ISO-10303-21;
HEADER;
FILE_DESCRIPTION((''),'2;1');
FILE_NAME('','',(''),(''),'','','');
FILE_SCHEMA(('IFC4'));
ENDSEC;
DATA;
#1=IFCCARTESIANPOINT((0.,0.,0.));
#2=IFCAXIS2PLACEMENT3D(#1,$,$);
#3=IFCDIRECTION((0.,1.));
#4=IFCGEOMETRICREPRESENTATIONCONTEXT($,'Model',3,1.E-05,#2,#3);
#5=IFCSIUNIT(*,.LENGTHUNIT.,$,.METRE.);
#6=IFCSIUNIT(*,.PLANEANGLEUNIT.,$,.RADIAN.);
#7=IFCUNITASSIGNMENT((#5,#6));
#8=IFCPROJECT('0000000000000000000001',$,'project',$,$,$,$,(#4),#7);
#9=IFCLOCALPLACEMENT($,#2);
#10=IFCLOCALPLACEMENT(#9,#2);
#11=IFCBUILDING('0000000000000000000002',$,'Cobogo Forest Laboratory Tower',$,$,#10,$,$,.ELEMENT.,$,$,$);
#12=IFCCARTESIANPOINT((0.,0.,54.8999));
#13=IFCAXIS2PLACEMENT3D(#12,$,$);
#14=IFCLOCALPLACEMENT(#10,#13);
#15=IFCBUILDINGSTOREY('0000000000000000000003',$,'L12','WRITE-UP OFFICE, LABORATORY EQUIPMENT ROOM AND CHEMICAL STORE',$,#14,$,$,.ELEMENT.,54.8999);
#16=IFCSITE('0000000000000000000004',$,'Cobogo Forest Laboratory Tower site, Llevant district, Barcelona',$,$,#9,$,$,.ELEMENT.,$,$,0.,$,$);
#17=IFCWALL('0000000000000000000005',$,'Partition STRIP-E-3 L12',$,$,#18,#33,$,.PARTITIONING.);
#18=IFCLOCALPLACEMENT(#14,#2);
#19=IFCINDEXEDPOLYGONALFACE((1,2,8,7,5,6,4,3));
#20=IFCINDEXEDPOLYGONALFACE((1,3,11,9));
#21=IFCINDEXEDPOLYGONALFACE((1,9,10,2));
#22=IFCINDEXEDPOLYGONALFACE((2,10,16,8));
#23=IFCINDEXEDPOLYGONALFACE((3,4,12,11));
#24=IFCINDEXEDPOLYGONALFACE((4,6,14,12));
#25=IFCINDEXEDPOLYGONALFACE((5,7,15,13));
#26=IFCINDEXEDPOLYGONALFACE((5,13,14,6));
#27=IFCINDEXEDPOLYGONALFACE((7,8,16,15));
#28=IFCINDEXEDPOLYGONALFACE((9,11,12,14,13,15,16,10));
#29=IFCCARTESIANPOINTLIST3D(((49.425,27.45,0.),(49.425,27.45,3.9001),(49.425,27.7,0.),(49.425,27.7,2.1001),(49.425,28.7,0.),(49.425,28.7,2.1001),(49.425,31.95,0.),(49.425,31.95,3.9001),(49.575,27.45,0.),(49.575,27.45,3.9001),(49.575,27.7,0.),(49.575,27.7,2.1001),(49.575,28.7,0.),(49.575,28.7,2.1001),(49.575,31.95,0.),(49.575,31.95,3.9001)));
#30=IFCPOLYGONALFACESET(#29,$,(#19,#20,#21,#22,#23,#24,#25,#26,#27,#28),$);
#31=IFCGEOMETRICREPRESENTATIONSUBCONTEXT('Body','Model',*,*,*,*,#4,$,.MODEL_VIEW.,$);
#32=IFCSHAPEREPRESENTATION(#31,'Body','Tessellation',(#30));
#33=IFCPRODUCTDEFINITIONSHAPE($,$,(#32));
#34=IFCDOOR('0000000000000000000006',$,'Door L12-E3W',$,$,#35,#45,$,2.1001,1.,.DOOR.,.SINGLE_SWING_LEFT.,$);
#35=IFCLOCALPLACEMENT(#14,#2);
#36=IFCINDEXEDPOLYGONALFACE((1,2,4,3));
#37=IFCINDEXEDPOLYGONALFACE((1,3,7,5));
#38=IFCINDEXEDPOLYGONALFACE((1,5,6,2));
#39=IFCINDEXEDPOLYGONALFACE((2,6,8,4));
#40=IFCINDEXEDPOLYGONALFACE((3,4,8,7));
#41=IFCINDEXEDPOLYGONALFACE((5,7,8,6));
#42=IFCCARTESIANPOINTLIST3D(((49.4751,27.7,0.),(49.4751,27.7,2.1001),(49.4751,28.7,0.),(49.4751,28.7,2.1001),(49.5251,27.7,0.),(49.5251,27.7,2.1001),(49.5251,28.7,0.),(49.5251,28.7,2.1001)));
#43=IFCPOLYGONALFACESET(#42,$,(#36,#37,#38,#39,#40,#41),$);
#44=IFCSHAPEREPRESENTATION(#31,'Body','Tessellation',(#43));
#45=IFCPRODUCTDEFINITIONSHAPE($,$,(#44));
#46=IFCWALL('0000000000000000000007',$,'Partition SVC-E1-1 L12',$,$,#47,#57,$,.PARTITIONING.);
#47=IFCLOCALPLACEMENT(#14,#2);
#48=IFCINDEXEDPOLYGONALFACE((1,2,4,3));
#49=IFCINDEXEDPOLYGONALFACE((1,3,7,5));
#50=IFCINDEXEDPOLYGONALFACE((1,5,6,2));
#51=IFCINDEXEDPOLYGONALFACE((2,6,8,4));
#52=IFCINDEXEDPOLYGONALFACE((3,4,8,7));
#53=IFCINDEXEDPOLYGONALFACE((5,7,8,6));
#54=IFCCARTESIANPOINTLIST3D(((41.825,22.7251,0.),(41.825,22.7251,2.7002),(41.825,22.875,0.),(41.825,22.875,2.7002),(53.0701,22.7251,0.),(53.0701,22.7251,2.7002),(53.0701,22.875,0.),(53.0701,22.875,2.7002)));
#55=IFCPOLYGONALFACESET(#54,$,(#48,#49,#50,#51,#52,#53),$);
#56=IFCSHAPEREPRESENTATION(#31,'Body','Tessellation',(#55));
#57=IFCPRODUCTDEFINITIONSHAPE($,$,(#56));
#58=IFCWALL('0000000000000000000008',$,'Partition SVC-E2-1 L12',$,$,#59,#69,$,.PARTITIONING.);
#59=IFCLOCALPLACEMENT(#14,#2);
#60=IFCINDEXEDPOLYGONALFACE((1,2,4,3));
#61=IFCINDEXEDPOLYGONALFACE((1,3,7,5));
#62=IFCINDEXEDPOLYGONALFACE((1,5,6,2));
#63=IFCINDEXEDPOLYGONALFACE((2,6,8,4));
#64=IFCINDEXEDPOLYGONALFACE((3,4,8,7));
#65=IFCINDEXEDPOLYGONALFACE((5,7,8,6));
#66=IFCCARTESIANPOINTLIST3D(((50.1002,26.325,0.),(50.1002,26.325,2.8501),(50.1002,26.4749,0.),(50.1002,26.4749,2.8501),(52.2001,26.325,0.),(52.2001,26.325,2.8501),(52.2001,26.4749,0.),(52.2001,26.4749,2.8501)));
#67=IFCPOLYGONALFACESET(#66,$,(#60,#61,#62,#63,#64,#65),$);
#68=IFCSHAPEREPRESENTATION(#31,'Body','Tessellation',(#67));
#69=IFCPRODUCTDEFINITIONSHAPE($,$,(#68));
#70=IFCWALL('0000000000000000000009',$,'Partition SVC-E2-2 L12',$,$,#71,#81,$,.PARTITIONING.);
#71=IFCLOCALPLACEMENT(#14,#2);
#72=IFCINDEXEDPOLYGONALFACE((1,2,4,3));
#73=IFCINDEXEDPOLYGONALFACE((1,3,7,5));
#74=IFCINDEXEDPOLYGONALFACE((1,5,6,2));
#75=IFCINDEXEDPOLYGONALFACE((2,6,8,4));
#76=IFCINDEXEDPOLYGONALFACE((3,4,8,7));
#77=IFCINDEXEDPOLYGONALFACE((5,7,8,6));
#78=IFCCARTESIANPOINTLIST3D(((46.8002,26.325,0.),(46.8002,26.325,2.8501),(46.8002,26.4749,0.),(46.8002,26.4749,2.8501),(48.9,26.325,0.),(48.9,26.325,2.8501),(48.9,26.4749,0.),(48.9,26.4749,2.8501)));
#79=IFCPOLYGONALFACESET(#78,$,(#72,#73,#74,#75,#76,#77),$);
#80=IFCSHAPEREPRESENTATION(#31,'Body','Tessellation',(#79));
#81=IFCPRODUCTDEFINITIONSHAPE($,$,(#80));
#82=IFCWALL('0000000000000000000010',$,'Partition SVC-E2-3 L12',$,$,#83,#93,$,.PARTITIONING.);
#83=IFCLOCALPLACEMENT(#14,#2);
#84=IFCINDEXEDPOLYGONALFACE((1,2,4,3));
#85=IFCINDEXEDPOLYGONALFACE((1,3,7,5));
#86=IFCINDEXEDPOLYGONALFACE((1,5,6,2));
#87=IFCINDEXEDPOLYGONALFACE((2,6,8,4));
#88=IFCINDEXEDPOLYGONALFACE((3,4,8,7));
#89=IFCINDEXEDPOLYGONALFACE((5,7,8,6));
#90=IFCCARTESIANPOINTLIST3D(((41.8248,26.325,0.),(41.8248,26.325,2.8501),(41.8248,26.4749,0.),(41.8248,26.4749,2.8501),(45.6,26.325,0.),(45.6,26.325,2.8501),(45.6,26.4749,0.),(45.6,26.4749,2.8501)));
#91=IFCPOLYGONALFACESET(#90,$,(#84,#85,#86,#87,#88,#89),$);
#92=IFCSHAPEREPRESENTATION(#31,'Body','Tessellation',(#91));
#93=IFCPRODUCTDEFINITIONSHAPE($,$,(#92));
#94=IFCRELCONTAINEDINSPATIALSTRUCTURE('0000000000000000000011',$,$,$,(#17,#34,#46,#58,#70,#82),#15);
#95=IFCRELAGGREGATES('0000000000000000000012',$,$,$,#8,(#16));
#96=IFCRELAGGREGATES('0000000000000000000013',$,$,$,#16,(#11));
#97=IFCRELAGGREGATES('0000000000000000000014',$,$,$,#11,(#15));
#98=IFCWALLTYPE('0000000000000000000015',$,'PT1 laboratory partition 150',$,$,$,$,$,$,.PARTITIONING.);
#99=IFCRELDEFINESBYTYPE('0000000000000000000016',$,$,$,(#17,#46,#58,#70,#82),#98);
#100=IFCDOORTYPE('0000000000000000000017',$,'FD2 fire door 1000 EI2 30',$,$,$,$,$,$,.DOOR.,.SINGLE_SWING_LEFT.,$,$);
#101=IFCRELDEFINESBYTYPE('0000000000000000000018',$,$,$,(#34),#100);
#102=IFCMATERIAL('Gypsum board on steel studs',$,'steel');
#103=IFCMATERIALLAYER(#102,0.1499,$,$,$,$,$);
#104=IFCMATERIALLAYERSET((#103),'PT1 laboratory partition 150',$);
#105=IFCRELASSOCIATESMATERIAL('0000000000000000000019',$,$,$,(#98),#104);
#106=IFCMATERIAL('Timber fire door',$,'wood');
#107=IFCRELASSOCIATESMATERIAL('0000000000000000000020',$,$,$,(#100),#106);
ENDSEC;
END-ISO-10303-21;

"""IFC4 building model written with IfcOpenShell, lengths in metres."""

from ifc_helpers import new_model, si_unit, direction, frame, frame_2d, origin, place, context, subcontext, project, spatial, rectangle, extrude, material, layer, layer_set, type_object, element, fill, save


model = new_model("IFC4")

# Units and contexts
model_context = context("Model", 3, precision=1e-05, world=origin(), true_north=direction((0.0, 1.0)))
body_context = subcontext(model_context, "Body", "Model", "MODEL_VIEW")
ifc_project = project(units=[si_unit("LENGTHUNIT", "METRE"), si_unit("PLANEANGLEUNIT", "RADIAN")], contexts=[model_context])

# Site, building, storey
site_placement = place(None, origin())
site = spatial("IfcSite", under=ifc_project, at=site_placement, Name="Cobogo Forest Laboratory Tower site, Llevant district, Barcelona", CompositionType="ELEMENT", RefElevation=0.0)
building_placement = place(site_placement, origin())
building = spatial("IfcBuilding", under=site, at=building_placement, Name="Cobogo Forest Laboratory Tower", CompositionType="ELEMENT")
storey_placement = place(building_placement, frame((0.0, 0.0, 54.8999)))
storey = spatial("IfcBuildingStorey", under=building, at=storey_placement, Name="L12", Description="WRITE-UP OFFICE, LABORATORY EQUIPMENT ROOM AND CHEMICAL STORE", CompositionType="ELEMENT", Elevation=54.8999)

# Wall, opening, door
ifc_material_1 = material(Name="Gypsum board on steel studs", Category="steel")
ifc_layer_1 = layer(ifc_material_1, 0.1499)
ifc_layer_set_1 = layer_set([ifc_layer_1], Name="PT1 laboratory partition 150")
wall_type = type_object("IfcWallType", Name="PT1 laboratory partition 150", PredefinedType="PARTITIONING", material=ifc_layer_set_1)
wall_1_placement = place(storey_placement, frame((49.5, 27.45, 0.0), z_axis=(0.0, 0.0, 1.0), x_axis=(0.0, 1.0, 0.0)))
wall_1 = element("IfcWall", 1, at=wall_1_placement, inside=storey, type_object=wall_type, Name="Partition STRIP-E-3 L12", PredefinedType="PARTITIONING", context=body_context, shape_type="SweptSolid", body=[
    extrude(rectangle(XDim=4.5, YDim=0.1499, at=frame_2d((2.25, 0.0))), origin(), (0.0, 0.0, 1.0), 3.9001),
])
opening_placement = place(wall_1_placement, frame((0.25, 0.0, 0.0)))
opening = element("IfcOpeningElement", 2, at=opening_placement, cuts=wall_1, PredefinedType="OPENING", context=body_context, shape_type="SweptSolid", body=[
    extrude(rectangle(XDim=1.0, YDim=2.1001, at=frame_2d((0.5, 1.05))), frame((0.0, 0.085, 0.0), z_axis=(0.0, -1.0, 0.0), x_axis=(1.0, 0.0, 0.0)), (0.0, 0.0, 1.0), 0.1699),
])
ifc_material_2 = material(Name="Timber fire door", Category="wood")
door_type = type_object("IfcDoorType", Name="FD2 fire door 1000 EI2 30", OperationType="SINGLE_SWING_LEFT", PredefinedType="DOOR", material=ifc_material_2)
door_placement = place(opening_placement, origin())
door = element("IfcDoor", 3, at=door_placement, inside=storey, type_object=door_type, Name="Door L12-E3W", OperationType="SINGLE_SWING_LEFT", OverallHeight=2.1001, OverallWidth=1.0, PredefinedType="DOOR", context=body_context, shape_type="SweptSolid", body=[
    extrude(rectangle(XDim=1.0, YDim=2.1001, at=frame_2d((0.5, 1.05))), frame((0.0, 0.0249, 0.0), z_axis=(0.0, -1.0, 0.0), x_axis=(1.0, 0.0, 0.0)), (0.0, 0.0, 1.0), 0.05),
])
fill(opening, door)

# Walls
wall_2_placement = place(storey_placement, frame((53.0701, 22.8, 0.0), z_axis=(0.0, 0.0, 1.0), x_axis=(-1.0, 0.0, 0.0)))
element("IfcWall", 4, at=wall_2_placement, inside=storey, type_object=wall_type, Name="Partition SVC-E1-1 L12", PredefinedType="PARTITIONING", context=body_context, shape_type="SweptSolid", body=[
    extrude(rectangle(XDim=11.2451, YDim=0.1499, at=frame_2d((5.6226, 0.0))), origin(), (0.0, 0.0, 1.0), 2.7002),
])
for number, where, z_axis, x_axis, name in (
    (5, (52.2, 26.3999, 0.0), (0.0, 0.0, 1.0), (-1.0, 0.0, 0.0), "Partition SVC-E2-1 L12"),
    (6, (48.8999, 26.3999, 0.0), (0.0, 0.0, 1.0), (-1.0, 0.0, 0.0), "Partition SVC-E2-2 L12"),
):
    element("IfcWall", number, at=place(storey_placement, frame(where, z_axis=z_axis, x_axis=x_axis)), inside=storey, type_object=wall_type, Name=name, PredefinedType="PARTITIONING", context=body_context, shape_type="SweptSolid", body=[
        extrude(rectangle(XDim=2.0999, YDim=0.1499, at=frame_2d((1.0498, 0.0))), origin(), (0.0, 0.0, 1.0), 2.8501),
    ])
wall_3_placement = place(storey_placement, frame((45.6001, 26.3999, 0.0), z_axis=(0.0, 0.0, 1.0), x_axis=(-1.0, 0.0, 0.0)))
element("IfcWall", 7, at=wall_3_placement, inside=storey, type_object=wall_type, Name="Partition SVC-E2-3 L12", PredefinedType="PARTITIONING", context=body_context, shape_type="SweptSolid", body=[
    extrude(rectangle(XDim=3.7751, YDim=0.1499, at=frame_2d((1.8877, 0.0))), origin(), (0.0, 0.0, 1.0), 2.8501),
])

save(model, "model.ifc")
